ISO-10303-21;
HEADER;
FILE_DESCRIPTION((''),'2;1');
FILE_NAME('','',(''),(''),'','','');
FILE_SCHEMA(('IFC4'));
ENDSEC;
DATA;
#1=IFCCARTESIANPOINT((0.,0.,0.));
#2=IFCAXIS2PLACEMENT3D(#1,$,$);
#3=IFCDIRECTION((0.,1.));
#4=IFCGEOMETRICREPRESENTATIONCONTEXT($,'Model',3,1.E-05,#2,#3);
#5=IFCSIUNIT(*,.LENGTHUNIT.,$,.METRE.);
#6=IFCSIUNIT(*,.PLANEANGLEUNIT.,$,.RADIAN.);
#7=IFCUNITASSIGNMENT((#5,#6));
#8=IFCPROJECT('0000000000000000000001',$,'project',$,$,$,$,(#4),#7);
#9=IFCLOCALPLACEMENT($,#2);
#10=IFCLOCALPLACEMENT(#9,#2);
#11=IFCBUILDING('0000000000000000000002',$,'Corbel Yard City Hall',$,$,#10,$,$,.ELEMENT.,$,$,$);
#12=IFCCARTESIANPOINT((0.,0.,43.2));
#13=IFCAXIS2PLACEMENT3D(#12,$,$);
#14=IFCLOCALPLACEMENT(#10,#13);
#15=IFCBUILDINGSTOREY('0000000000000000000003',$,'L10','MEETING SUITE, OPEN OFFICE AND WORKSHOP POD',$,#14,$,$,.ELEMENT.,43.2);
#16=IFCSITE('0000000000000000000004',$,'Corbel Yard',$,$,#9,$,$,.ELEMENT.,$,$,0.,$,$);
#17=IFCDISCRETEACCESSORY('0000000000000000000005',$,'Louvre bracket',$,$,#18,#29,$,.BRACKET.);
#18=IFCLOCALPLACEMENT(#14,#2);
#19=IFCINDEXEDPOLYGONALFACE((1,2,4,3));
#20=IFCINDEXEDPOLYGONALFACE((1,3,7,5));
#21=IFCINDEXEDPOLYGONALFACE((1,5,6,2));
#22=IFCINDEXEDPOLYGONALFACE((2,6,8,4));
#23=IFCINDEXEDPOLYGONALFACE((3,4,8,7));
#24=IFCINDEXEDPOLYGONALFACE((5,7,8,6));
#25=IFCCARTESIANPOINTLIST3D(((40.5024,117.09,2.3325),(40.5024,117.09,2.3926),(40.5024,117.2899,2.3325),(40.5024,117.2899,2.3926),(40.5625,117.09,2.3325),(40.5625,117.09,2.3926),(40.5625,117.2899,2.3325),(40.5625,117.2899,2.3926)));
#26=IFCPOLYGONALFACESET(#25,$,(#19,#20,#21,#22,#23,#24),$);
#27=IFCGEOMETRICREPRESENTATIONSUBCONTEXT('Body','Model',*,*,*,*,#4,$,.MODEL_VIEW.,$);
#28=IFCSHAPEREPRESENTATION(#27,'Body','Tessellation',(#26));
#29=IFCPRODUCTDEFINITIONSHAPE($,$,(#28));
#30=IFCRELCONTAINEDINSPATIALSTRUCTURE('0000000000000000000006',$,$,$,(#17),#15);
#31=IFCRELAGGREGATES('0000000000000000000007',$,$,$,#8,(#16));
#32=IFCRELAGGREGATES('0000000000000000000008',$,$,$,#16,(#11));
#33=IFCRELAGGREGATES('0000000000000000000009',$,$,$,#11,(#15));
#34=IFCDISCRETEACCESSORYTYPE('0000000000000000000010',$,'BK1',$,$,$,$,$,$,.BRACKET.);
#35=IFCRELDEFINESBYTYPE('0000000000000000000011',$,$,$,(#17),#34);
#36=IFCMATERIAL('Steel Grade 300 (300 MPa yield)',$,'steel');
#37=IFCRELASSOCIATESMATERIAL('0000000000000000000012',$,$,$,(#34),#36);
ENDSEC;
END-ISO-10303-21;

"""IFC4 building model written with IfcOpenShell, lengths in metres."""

from ifc_helpers import new_model, si_unit, direction, frame, origin, origin_2d, place, context, subcontext, project, spatial, rectangle, extrude, material, type_object, element, save


model = new_model("IFC4")

# Units and contexts
model_context = context("Model", 3, precision=1e-05, world=origin(), true_north=direction((0.0, 1.0)))
body_context = subcontext(model_context, "Body", "Model", "MODEL_VIEW")
ifc_project = project(units=[si_unit("LENGTHUNIT", "METRE"), si_unit("PLANEANGLEUNIT", "RADIAN")], contexts=[model_context])

# Site, building, storey
site_placement = place(None, origin())
site = spatial("IfcSite", under=ifc_project, at=site_placement, Name="Corbel Yard", CompositionType="ELEMENT", RefElevation=0.0)
building_placement = place(site_placement, origin())
building = spatial("IfcBuilding", under=site, at=building_placement, Name="Corbel Yard City Hall", CompositionType="ELEMENT")
storey_placement = place(building_placement, frame((0.0, 0.0, 43.2)))
storey = spatial("IfcBuildingStorey", under=building, at=storey_placement, Name="L10", Description="MEETING SUITE, OPEN OFFICE AND WORKSHOP POD", CompositionType="ELEMENT", Elevation=43.2)

# Shared definitions
ifc_material_1 = material(Name="Steel Grade 300 (300 MPa yield)", Category="steel")

# Discrete accessory
discrete_accessory_type = type_object("IfcDiscreteAccessoryType", Name="BK1", PredefinedType="BRACKET", material=ifc_material_1)
for number, where, z_axis, x_axis, name in (
    (1, (40.5325, 117.1899, 2.3325), (0.0, 0.0, 1.0), (1.0, 0.0, 0.0), "Louvre bracket"),
):
    element("IfcDiscreteAccessory", number, at=place(storey_placement, frame(where, z_axis=z_axis, x_axis=x_axis)), inside=storey, type_object=discrete_accessory_type, Name=name, PredefinedType="BRACKET", context=body_context, shape_type="SweptSolid", body=[
        extrude(rectangle(XDim=0.0601, YDim=0.2, at=origin_2d()), origin(), (0.0, 0.0, 1.0), 0.0601),
    ])

save(model, "model.ifc")
